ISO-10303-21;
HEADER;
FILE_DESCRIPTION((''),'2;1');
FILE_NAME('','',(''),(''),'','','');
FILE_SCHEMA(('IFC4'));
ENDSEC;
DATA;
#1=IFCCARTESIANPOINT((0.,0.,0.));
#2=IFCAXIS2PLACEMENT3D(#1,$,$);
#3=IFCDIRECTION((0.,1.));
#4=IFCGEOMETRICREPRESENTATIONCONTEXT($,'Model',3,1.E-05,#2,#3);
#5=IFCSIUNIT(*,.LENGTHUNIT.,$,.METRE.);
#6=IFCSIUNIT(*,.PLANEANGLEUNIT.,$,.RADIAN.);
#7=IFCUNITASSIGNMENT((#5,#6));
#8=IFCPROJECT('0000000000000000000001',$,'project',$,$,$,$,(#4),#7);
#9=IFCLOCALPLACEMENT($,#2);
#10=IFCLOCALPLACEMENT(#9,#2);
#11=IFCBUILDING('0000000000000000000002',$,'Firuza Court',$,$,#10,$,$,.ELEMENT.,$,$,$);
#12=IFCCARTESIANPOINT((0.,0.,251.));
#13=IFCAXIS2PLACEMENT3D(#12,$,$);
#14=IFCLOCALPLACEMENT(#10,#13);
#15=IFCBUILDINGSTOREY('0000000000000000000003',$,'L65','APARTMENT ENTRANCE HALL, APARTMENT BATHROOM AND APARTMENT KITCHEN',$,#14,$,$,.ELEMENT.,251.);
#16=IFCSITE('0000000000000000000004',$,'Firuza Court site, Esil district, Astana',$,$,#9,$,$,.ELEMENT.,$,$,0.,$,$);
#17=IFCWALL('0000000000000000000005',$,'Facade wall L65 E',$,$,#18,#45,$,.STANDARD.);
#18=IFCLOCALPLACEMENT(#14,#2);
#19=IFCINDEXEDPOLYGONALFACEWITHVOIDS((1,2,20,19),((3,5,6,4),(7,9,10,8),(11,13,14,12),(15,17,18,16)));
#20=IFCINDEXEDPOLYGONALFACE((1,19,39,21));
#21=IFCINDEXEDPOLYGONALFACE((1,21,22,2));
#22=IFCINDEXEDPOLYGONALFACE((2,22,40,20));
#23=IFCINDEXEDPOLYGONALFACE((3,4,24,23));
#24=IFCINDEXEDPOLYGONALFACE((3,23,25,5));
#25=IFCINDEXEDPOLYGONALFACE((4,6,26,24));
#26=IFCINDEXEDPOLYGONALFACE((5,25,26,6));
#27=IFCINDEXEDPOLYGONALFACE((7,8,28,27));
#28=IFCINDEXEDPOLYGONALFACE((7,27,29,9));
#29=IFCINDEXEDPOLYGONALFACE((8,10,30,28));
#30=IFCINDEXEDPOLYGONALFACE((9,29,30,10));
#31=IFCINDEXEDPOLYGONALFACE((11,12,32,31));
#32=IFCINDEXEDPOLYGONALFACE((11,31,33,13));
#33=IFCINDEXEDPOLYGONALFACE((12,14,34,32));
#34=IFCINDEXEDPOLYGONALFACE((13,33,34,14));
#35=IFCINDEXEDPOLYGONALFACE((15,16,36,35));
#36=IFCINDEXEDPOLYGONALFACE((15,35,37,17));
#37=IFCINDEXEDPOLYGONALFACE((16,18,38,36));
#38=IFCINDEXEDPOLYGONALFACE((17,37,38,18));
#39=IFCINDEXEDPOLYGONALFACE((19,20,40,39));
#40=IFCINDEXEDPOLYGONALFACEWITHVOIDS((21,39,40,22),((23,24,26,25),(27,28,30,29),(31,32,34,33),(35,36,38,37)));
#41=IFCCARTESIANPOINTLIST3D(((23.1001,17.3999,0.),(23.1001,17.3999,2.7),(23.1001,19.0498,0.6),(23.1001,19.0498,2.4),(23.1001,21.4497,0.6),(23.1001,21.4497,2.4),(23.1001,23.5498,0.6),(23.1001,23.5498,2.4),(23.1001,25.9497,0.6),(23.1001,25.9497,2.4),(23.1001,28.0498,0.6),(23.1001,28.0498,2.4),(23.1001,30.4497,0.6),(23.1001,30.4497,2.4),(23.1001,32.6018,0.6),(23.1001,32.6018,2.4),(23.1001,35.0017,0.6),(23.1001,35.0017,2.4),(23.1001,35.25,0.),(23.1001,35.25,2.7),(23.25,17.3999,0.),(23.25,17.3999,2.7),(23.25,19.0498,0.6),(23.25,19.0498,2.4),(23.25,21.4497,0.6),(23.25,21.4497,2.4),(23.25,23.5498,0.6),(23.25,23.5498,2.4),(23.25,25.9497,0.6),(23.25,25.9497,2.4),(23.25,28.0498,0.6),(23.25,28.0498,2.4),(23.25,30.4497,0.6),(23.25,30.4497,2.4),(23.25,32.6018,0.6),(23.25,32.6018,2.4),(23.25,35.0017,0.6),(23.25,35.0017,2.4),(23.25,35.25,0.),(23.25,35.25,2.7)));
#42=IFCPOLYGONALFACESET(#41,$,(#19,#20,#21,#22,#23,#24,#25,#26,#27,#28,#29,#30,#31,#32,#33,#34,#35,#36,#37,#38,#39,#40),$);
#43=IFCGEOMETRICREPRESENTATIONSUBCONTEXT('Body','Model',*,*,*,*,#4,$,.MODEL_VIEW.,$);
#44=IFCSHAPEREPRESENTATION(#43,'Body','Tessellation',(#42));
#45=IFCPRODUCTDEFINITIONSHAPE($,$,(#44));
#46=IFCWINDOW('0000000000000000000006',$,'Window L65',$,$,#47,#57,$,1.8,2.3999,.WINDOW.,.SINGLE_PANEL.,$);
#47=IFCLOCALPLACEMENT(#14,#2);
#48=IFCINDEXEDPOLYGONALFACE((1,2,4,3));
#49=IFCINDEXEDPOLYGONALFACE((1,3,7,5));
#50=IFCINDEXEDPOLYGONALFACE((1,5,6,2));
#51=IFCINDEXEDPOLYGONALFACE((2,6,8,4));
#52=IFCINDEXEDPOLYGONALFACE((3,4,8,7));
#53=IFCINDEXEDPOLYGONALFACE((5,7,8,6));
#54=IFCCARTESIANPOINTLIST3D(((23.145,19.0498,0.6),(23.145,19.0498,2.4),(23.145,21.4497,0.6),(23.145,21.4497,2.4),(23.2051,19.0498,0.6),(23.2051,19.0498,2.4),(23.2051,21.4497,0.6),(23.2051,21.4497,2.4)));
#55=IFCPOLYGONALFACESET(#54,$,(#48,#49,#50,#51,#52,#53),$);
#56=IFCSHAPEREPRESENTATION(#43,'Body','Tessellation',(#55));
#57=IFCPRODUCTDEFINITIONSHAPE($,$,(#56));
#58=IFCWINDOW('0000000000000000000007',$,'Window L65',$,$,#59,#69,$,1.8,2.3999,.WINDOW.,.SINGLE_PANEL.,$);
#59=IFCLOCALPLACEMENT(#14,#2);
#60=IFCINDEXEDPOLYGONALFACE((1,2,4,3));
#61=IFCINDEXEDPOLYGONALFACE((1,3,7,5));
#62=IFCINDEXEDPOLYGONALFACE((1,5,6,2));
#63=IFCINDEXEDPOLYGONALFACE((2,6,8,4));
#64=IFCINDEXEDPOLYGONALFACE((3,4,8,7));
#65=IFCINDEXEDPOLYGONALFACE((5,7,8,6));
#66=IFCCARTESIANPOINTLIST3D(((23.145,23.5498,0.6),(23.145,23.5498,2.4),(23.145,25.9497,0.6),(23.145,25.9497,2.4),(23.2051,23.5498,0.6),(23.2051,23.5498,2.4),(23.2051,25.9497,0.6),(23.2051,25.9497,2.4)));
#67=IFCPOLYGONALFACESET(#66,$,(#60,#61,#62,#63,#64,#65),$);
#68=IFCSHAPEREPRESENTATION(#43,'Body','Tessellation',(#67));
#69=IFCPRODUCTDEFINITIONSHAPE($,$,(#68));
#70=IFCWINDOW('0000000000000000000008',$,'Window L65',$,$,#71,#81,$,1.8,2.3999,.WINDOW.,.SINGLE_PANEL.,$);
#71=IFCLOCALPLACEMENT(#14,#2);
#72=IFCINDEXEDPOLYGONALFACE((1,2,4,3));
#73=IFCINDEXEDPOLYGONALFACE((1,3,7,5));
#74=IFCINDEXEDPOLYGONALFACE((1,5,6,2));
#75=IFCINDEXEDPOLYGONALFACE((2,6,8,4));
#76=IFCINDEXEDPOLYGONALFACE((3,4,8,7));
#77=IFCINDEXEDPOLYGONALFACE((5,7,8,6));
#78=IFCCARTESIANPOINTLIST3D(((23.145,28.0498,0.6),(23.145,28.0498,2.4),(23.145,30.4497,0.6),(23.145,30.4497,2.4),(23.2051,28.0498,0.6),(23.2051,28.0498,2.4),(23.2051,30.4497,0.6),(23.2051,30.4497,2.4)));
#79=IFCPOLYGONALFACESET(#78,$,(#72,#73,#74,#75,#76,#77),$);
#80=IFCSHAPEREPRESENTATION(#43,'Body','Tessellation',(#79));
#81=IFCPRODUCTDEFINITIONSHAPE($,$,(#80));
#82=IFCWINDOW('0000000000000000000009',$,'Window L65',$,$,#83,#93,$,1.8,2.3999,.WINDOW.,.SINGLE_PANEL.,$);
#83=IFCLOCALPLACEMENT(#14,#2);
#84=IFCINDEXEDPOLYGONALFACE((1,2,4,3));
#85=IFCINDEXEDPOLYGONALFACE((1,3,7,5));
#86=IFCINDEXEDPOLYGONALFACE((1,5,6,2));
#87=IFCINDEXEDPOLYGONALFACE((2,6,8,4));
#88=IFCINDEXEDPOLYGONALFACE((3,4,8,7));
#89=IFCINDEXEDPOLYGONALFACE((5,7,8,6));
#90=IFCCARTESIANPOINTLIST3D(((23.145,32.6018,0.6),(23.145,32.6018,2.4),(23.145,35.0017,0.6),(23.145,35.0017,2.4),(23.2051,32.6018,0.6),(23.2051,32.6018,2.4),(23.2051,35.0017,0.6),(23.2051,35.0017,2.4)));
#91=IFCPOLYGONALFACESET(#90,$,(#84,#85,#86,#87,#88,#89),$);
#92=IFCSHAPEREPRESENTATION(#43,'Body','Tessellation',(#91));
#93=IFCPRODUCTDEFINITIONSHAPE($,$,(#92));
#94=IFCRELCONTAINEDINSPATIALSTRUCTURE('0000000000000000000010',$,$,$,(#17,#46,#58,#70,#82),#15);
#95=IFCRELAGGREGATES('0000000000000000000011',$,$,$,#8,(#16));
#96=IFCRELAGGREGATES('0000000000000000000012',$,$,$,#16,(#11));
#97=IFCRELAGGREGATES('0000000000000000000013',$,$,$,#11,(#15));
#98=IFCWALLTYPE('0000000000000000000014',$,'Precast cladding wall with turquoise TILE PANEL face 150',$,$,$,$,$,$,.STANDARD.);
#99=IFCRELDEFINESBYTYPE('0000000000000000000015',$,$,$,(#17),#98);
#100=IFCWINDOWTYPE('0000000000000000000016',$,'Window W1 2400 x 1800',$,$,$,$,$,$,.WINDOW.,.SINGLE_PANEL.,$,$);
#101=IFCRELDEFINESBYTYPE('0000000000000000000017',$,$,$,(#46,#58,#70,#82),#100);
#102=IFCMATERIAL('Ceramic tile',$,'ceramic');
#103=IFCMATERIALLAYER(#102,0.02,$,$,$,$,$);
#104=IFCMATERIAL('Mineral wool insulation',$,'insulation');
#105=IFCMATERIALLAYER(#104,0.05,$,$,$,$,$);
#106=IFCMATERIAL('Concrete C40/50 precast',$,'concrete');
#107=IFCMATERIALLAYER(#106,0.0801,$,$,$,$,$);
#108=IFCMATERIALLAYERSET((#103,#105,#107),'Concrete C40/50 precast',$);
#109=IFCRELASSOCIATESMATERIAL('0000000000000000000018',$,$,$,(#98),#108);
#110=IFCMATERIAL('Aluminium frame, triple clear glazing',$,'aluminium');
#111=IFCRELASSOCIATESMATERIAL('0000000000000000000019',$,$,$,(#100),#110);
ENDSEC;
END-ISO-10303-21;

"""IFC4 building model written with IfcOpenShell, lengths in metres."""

from ifc_helpers import new_model, si_unit, direction, frame, frame_2d, origin, place, context, subcontext, project, spatial, rectangle, extrude, material, layer, layer_set, type_object, element, fill, save


model = new_model("IFC4")

# Units and contexts
model_context = context("Model", 3, precision=1e-05, world=origin(), true_north=direction((0.0, 1.0)))
body_context = subcontext(model_context, "Body", "Model", "MODEL_VIEW")
ifc_project = project(units=[si_unit("LENGTHUNIT", "METRE"), si_unit("PLANEANGLEUNIT", "RADIAN")], contexts=[model_context])

# Site, building, storey
site_placement = place(None, origin())
site = spatial("IfcSite", under=ifc_project, at=site_placement, Name="Firuza Court site, Esil district, Astana", CompositionType="ELEMENT", RefElevation=0.0)
building_placement = place(site_placement, origin())
building = spatial("IfcBuilding", under=site, at=building_placement, Name="Firuza Court", CompositionType="ELEMENT")
storey_placement = place(building_placement, frame((0.0, 0.0, 251.0)))
storey = spatial("IfcBuildingStorey", under=building, at=storey_placement, Name="L65", Description="APARTMENT ENTRANCE HALL, APARTMENT BATHROOM AND APARTMENT KITCHEN", CompositionType="ELEMENT", Elevation=251.0)

# Wall, openings, windows
ifc_material_1 = material(Name="Ceramic tile", Category="ceramic")
ifc_layer_1 = layer(ifc_material_1, 0.02)
ifc_material_2 = material(Name="Mineral wool insulation", Category="insulation")
ifc_layer_2 = layer(ifc_material_2, 0.05)
ifc_material_3 = material(Name="Concrete C40/50 precast", Category="concrete")
ifc_layer_3 = layer(ifc_material_3, 0.0801)
ifc_layer_set_1 = layer_set([ifc_layer_1, ifc_layer_2, ifc_layer_3], Name="Concrete C40/50 precast")
wall_type_1 = type_object("IfcWallType", Name="Precast cladding wall with turquoise TILE PANEL face 150", PredefinedType="STANDARD", material=ifc_layer_set_1)
wall_1_placement = place(storey_placement, frame((23.175, 17.3999, 0.0), z_axis=(0.0, 0.0, 1.0), x_axis=(0.0, 1.0, 0.0)))
wall_1 = element("IfcWall", 1, at=wall_1_placement, inside=storey, type_object=wall_type_1, Name="Facade wall L65 E", PredefinedType="STANDARD", context=body_context, shape_type="SweptSolid", body=[
    extrude(rectangle(XDim=17.8501, YDim=0.1499, at=frame_2d((8.925, 0.0))), origin(), (0.0, 0.0, 1.0), 2.7),
])
opening_1_placement = place(wall_1_placement, frame((1.6499, 0.0, 0.6001)))
opening_1 = element("IfcOpeningElement", 2, at=opening_1_placement, cuts=wall_1, PredefinedType="OPENING", context=body_context, shape_type="SweptSolid", body=[
    extrude(rectangle(XDim=2.3999, YDim=1.8, at=frame_2d((1.2, 0.8999))), frame((0.0, 0.0869, 0.0), z_axis=(0.0, -1.0, 0.0), x_axis=(1.0, 0.0, 0.0)), (0.0, 0.0, 1.0), 0.1738),
])
opening_2_placement = place(wall_1_placement, frame((6.1499, 0.0, 0.6001)))
opening_2 = element("IfcOpeningElement", 3, at=opening_2_placement, cuts=wall_1, PredefinedType="OPENING", context=body_context, shape_type="SweptSolid", body=[
    extrude(rectangle(XDim=2.3999, YDim=1.8, at=frame_2d((1.2, 0.8999))), frame((0.0, 0.0869, 0.0), z_axis=(0.0, -1.0, 0.0), x_axis=(1.0, 0.0, 0.0)), (0.0, 0.0, 1.0), 0.1738),
])
opening_3_placement = place(wall_1_placement, frame((10.6499, 0.0, 0.6001)))
opening_3 = element("IfcOpeningElement", 4, at=opening_3_placement, cuts=wall_1, PredefinedType="OPENING", context=body_context, shape_type="SweptSolid", body=[
    extrude(rectangle(XDim=2.3999, YDim=1.8, at=frame_2d((1.2, 0.8999))), frame((0.0, 0.0869, 0.0), z_axis=(0.0, -1.0, 0.0), x_axis=(1.0, 0.0, 0.0)), (0.0, 0.0, 1.0), 0.1738),
])
opening_4_placement = place(wall_1_placement, frame((15.2019, 0.0, 0.6001)))
opening_4 = element("IfcOpeningElement", 5, at=opening_4_placement, cuts=wall_1, PredefinedType="OPENING", context=body_context, shape_type="SweptSolid", body=[
    extrude(rectangle(XDim=2.3999, YDim=1.8, at=frame_2d((1.2, 0.8999))), frame((0.0, 0.0869, 0.0), z_axis=(0.0, -1.0, 0.0), x_axis=(1.0, 0.0, 0.0)), (0.0, 0.0, 1.0), 0.1738),
])
ifc_material_4 = material(Name="Aluminium frame, triple clear glazing", Category="aluminium")
window_type_1 = type_object("IfcWindowType", Name="Window W1 2400 x 1800", PartitioningType="SINGLE_PANEL", PredefinedType="WINDOW", material=ifc_material_4)
window_1_placement = place(opening_1_placement, origin())
window_1 = element("IfcWindow", 6, at=window_1_placement, inside=storey, type_object=window_type_1, Name="Window L65", OverallHeight=1.8, OverallWidth=2.3999, PartitioningType="SINGLE_PANEL", PredefinedType="WINDOW", context=body_context, shape_type="SweptSolid", body=[
    extrude(rectangle(XDim=2.3999, YDim=1.8, at=frame_2d((1.2, 0.8999))), frame((0.0, 0.03, 0.0), z_axis=(0.0, -1.0, 0.0), x_axis=(1.0, 0.0, 0.0)), (0.0, 0.0, 1.0), 0.0601),
])
fill(opening_1, window_1)
window_2_placement = place(opening_2_placement, origin())
window_2 = element("IfcWindow", 7, at=window_2_placement, inside=storey, type_object=window_type_1, Name="Window L65", OverallHeight=1.8, OverallWidth=2.3999, PartitioningType="SINGLE_PANEL", PredefinedType="WINDOW", context=body_context, shape_type="SweptSolid", body=[
    extrude(rectangle(XDim=2.3999, YDim=1.8, at=frame_2d((1.2, 0.8999))), frame((0.0, 0.03, 0.0), z_axis=(0.0, -1.0, 0.0), x_axis=(1.0, 0.0, 0.0)), (0.0, 0.0, 1.0), 0.0601),
])
fill(opening_2, window_2)
window_3_placement = place(opening_3_placement, origin())
window_3 = element("IfcWindow", 8, at=window_3_placement, inside=storey, type_object=window_type_1, Name="Window L65", OverallHeight=1.8, OverallWidth=2.3999, PartitioningType="SINGLE_PANEL", PredefinedType="WINDOW", context=body_context, shape_type="SweptSolid", body=[
    extrude(rectangle(XDim=2.3999, YDim=1.8, at=frame_2d((1.2, 0.8999))), frame((0.0, 0.03, 0.0), z_axis=(0.0, -1.0, 0.0), x_axis=(1.0, 0.0, 0.0)), (0.0, 0.0, 1.0), 0.0601),
])
fill(opening_3, window_3)
window_4_placement = place(opening_4_placement, origin())
window_4 = element("IfcWindow", 9, at=window_4_placement, inside=storey, type_object=window_type_1, Name="Window L65", OverallHeight=1.8, OverallWidth=2.3999, PartitioningType="SINGLE_PANEL", PredefinedType="WINDOW", context=body_context, shape_type="SweptSolid", body=[
    extrude(rectangle(XDim=2.3999, YDim=1.8, at=frame_2d((1.2, 0.8999))), frame((0.0, 0.03, 0.0), z_axis=(0.0, -1.0, 0.0), x_axis=(1.0, 0.0, 0.0)), (0.0, 0.0, 1.0), 0.0601),
])
fill(opening_4, window_4)

save(model, "model.ifc")
